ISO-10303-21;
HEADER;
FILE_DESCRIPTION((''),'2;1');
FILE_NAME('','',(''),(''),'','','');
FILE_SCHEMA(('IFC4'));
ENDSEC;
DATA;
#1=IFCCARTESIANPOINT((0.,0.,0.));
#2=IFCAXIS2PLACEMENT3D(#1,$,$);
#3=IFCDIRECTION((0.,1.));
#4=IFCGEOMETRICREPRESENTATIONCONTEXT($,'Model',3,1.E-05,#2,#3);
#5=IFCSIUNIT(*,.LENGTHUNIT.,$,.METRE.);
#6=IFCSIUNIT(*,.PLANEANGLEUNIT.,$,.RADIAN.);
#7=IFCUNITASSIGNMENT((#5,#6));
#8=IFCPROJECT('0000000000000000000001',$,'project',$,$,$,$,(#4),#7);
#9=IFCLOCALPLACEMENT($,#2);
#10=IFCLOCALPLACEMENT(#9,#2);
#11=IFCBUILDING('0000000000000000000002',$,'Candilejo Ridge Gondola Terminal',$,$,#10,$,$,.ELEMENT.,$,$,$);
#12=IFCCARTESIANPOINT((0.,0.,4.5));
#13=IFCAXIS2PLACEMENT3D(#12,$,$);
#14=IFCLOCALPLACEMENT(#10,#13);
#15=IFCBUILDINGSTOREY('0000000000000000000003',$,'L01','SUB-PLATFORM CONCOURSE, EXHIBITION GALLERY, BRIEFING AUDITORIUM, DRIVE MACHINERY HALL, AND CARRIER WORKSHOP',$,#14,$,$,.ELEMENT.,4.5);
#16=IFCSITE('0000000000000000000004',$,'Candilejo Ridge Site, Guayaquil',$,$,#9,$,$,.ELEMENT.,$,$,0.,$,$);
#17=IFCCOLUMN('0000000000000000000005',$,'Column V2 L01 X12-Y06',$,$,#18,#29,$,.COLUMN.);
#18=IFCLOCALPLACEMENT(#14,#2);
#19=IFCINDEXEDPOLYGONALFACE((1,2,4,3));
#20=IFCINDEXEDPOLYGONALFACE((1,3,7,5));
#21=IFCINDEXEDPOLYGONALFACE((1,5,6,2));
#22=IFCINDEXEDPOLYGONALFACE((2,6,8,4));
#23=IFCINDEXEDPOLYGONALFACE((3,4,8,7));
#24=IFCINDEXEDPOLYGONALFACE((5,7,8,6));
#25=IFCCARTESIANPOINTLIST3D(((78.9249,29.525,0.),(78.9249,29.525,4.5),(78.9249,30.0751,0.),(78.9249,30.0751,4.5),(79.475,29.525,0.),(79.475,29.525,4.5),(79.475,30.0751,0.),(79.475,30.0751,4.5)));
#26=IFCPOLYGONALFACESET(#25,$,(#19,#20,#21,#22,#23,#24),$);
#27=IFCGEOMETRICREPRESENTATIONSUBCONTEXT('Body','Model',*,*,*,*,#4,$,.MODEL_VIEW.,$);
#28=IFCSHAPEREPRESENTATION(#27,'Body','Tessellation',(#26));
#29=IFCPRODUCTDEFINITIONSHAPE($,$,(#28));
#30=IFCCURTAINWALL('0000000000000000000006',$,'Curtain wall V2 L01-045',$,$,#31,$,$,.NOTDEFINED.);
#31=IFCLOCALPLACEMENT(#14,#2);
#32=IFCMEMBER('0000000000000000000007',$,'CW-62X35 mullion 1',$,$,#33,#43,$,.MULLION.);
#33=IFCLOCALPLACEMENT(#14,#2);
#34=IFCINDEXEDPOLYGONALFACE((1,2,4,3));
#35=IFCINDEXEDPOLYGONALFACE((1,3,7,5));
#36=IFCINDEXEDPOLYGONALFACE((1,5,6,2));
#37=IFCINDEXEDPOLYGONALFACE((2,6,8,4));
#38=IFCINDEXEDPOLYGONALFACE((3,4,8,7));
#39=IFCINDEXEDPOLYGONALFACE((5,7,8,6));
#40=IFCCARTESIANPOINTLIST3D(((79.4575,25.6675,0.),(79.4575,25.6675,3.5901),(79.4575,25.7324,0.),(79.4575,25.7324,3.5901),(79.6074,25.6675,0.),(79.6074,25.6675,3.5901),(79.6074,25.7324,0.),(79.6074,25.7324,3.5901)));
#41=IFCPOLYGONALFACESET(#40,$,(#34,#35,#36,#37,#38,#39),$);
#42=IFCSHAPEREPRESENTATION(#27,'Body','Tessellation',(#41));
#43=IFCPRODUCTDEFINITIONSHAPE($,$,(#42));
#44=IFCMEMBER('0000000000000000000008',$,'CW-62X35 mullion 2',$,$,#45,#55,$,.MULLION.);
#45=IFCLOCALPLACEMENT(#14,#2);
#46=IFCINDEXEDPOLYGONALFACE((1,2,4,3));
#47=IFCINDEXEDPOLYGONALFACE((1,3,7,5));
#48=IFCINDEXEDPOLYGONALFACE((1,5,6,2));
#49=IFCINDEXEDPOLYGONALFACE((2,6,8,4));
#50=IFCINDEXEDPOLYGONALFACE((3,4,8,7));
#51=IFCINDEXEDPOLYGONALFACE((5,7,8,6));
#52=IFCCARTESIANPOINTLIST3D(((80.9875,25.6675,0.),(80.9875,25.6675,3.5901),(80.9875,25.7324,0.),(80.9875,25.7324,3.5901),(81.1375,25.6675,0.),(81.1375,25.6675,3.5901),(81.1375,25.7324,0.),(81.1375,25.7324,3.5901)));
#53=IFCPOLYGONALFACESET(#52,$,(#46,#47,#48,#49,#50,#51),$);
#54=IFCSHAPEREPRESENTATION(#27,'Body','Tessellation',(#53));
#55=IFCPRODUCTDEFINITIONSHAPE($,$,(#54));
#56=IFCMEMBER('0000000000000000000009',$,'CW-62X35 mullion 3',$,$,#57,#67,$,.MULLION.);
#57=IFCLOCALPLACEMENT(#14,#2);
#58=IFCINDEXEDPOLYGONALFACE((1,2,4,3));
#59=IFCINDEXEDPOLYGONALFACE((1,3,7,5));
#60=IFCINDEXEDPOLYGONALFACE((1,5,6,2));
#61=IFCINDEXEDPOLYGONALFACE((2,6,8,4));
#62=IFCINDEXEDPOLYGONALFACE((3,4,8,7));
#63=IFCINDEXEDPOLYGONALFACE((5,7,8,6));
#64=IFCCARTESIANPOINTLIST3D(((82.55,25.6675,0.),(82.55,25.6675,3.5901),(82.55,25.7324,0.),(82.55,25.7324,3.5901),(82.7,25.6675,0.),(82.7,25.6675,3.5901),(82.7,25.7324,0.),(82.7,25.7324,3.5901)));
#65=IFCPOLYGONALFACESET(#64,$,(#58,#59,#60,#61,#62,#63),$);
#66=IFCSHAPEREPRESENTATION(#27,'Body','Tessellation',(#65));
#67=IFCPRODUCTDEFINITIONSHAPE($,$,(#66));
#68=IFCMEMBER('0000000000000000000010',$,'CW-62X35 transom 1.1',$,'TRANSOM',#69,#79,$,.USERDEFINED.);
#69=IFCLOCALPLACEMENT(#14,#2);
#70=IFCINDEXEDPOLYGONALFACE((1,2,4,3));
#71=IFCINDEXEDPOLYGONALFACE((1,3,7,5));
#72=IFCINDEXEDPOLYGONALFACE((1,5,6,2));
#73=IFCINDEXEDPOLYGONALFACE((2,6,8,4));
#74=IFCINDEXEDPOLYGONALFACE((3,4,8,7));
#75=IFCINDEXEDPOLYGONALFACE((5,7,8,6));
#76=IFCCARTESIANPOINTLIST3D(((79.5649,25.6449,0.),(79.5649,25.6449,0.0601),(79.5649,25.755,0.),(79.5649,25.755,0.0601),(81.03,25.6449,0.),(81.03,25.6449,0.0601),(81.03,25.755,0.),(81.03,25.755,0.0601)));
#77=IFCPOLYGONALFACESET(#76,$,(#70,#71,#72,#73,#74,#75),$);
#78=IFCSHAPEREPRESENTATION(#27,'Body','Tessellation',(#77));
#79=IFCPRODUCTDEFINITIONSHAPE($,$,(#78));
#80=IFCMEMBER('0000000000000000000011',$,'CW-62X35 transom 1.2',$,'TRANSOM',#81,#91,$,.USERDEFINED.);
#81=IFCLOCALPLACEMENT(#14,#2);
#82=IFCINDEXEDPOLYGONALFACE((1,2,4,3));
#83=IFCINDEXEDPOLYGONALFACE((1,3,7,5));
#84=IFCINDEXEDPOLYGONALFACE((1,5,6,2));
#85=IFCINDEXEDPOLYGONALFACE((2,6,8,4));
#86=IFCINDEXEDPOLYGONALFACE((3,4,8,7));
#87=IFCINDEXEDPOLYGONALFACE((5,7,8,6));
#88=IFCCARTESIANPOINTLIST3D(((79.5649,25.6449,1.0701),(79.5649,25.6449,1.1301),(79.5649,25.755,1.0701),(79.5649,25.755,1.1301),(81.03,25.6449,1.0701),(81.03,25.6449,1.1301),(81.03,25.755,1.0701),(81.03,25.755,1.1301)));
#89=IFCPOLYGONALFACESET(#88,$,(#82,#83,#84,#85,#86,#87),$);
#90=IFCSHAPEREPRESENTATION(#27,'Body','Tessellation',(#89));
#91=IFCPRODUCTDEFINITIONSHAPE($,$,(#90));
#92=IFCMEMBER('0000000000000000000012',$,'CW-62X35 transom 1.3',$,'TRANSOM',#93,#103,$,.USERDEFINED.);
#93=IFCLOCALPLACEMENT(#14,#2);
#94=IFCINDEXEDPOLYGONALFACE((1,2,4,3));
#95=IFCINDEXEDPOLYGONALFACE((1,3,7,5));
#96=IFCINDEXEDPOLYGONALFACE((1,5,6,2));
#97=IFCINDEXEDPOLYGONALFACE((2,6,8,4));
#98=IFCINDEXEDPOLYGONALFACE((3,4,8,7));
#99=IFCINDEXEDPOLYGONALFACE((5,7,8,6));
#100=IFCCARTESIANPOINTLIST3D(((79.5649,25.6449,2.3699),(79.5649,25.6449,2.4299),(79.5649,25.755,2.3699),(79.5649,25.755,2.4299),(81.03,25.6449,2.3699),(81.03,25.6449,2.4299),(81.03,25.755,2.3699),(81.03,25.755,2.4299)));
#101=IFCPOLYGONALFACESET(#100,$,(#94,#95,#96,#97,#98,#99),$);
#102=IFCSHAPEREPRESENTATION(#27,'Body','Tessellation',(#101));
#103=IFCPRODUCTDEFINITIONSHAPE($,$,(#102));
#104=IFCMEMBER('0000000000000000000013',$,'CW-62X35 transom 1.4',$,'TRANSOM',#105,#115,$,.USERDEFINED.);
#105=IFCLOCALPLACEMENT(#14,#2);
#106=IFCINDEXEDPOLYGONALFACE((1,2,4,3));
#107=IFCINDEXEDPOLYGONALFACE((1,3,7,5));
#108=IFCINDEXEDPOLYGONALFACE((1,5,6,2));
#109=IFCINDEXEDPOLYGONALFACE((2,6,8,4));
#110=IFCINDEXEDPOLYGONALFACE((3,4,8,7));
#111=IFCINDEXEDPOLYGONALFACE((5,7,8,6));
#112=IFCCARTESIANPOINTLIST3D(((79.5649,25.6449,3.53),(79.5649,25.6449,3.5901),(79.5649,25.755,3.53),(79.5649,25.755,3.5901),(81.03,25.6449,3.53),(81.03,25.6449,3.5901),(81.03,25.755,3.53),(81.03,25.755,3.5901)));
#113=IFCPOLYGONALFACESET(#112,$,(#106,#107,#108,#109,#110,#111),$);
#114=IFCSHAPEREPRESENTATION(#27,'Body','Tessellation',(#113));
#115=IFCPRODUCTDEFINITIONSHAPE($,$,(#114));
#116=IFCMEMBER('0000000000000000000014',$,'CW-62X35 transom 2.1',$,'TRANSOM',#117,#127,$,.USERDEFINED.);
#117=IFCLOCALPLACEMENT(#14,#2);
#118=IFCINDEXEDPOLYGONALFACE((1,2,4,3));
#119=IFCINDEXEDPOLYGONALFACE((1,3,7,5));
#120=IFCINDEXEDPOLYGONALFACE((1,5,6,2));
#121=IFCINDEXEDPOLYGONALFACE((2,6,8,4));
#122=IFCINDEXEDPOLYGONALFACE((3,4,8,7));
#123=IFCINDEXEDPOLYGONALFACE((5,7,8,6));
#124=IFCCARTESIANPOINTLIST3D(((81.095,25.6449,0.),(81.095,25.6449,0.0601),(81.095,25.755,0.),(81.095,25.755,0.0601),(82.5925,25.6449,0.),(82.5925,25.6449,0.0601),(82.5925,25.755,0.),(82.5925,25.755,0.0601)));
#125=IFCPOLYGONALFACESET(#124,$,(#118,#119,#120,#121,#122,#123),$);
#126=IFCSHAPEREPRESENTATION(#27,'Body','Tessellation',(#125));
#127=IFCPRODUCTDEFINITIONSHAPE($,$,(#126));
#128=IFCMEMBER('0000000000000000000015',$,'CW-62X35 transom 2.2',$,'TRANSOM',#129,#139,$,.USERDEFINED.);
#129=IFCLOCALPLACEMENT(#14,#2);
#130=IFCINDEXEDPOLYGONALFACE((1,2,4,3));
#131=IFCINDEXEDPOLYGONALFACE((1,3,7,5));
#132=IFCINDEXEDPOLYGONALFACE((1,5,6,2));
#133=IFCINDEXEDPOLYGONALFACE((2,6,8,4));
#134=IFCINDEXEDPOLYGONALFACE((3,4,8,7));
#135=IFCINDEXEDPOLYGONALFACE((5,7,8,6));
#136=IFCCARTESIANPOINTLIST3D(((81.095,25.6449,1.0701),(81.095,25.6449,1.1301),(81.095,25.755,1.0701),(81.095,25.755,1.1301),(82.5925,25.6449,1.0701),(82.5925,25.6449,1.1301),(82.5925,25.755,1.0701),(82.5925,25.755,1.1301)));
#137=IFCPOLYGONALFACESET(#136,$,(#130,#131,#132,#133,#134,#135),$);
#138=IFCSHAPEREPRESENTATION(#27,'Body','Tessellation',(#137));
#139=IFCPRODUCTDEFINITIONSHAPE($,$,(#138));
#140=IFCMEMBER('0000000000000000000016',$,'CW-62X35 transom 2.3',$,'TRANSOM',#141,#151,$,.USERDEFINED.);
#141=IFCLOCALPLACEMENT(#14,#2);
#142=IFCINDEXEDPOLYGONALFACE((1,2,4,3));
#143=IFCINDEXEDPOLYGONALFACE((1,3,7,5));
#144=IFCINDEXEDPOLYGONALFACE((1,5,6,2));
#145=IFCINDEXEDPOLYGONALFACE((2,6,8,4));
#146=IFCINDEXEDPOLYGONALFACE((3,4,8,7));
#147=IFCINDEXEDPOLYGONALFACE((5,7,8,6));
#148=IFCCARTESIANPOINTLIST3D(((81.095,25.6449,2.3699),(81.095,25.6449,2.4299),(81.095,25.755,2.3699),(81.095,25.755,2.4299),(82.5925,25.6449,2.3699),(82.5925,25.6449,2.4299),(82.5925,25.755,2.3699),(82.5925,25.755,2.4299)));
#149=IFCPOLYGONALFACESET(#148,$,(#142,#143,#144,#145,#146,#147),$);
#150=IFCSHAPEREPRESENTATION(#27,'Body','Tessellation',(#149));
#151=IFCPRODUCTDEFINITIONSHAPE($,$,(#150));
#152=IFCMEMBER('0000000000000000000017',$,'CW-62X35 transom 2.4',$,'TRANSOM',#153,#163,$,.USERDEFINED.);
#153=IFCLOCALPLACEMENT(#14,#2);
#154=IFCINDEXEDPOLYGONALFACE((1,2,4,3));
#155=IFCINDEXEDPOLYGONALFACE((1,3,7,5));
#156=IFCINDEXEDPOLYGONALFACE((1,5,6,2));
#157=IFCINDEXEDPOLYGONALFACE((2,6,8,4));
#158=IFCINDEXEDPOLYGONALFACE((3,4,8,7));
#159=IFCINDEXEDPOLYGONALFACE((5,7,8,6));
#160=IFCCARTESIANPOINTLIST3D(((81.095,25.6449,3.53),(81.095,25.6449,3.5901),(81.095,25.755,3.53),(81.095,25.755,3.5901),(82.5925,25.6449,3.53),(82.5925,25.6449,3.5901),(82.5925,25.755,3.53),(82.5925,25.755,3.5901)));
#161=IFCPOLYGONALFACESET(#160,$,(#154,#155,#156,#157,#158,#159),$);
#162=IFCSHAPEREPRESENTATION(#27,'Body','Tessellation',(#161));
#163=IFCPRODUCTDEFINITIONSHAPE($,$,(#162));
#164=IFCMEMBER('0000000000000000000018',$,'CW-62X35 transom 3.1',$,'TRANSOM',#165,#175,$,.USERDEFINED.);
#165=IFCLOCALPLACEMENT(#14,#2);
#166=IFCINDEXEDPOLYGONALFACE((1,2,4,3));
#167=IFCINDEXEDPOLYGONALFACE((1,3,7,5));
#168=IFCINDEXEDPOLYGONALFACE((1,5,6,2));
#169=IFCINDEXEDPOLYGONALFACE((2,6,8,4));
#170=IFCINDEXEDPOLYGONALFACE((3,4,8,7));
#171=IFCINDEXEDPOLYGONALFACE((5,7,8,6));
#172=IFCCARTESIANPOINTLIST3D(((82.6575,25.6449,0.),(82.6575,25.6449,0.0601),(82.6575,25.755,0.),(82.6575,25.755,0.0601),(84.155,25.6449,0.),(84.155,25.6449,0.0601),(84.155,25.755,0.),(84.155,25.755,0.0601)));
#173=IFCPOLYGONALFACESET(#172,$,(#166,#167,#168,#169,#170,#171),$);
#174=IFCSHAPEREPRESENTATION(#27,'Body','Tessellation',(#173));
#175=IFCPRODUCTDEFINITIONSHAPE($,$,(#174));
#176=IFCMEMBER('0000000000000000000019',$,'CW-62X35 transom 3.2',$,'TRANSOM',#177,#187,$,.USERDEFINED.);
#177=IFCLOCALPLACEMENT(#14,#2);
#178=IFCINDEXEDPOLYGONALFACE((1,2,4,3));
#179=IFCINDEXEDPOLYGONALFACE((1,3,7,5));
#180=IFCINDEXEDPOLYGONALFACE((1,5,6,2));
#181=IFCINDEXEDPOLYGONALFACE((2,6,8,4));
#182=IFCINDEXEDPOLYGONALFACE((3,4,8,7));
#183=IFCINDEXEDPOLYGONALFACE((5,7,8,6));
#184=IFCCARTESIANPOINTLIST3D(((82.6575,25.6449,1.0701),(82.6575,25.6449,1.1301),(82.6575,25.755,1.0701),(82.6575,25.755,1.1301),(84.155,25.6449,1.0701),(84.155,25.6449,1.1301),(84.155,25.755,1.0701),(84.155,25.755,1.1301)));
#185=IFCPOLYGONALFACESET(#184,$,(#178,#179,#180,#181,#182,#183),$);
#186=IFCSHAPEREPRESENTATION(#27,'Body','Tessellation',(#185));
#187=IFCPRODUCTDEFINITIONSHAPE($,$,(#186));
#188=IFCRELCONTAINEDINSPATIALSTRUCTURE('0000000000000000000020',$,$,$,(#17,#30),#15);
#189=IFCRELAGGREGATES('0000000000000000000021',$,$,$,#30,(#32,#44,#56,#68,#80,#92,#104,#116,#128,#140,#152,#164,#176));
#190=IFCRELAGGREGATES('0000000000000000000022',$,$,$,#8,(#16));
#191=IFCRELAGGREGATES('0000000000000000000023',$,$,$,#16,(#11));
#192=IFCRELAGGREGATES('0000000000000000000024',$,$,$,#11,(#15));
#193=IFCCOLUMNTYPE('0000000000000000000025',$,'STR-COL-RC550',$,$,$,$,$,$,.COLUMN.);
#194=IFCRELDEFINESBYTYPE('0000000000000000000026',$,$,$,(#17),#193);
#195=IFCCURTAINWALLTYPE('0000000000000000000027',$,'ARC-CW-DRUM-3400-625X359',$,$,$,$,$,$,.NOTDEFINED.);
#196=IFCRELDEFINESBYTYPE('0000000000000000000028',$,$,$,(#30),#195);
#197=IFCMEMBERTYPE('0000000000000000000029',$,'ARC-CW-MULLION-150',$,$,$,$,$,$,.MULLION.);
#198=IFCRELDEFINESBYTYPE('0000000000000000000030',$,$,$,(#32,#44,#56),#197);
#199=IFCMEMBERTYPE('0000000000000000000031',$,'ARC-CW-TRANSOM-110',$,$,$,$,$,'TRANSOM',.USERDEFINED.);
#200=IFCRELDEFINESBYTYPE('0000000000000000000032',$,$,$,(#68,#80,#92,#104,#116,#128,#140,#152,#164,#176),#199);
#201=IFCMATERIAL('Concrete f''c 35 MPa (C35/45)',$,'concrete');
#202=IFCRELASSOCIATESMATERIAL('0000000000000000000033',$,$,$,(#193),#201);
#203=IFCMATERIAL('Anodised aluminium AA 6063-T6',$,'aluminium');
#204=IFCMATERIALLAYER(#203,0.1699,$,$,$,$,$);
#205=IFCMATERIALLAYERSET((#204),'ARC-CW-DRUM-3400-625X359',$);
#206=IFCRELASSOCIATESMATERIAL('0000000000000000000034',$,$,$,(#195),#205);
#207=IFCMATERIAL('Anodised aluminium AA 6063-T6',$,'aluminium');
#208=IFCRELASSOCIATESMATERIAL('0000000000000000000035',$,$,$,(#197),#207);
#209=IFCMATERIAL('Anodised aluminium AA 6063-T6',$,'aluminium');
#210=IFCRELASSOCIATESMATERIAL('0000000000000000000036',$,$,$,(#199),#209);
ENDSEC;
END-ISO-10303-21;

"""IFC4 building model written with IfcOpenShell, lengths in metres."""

from ifc_helpers import new_model, si_unit, direction, frame, origin, origin_2d, place, context, subcontext, project, spatial, rectangle, extrude, material, layer, layer_set, material_profile, profile_set, type_object, element, aggregate, save


model = new_model("IFC4")

# Units and contexts
model_context = context("Model", 3, precision=1e-05, world=origin(), true_north=direction((0.0, 1.0)))
body_context = subcontext(model_context, "Body", "Model", "MODEL_VIEW")
ifc_project = project(units=[si_unit("LENGTHUNIT", "METRE"), si_unit("PLANEANGLEUNIT", "RADIAN")], contexts=[model_context])

# Site, building, storey
site_placement = place(None, origin())
site = spatial("IfcSite", under=ifc_project, at=site_placement, Name="Candilejo Ridge Site, Guayaquil", CompositionType="ELEMENT", RefElevation=0.0)
building_placement = place(site_placement, origin())
building = spatial("IfcBuilding", under=site, at=building_placement, Name="Candilejo Ridge Gondola Terminal", CompositionType="ELEMENT")
storey_placement = place(building_placement, frame((0.0, 0.0, 4.5)))
storey = spatial("IfcBuildingStorey", under=building, at=storey_placement, Name="L01", Description="SUB-PLATFORM CONCOURSE, EXHIBITION GALLERY, BRIEFING AUDITORIUM, DRIVE MACHINERY HALL, AND CARRIER WORKSHOP", CompositionType="ELEMENT", Elevation=4.5)

# Column
ifc_material_1 = material(Name="Concrete f'c 35 MPa (C35/45)", Category="concrete")
ifc_material_profile_1 = material_profile(ifc_material_1, rectangle(XDim=0.55, YDim=0.55, at=origin_2d()))
ifc_profile_set_1 = profile_set([ifc_material_profile_1], Name="Concrete f'c 35 MPa (C35/45)")
column_type = type_object("IfcColumnType", Name="STR-COL-RC550", PredefinedType="COLUMN", material=ifc_profile_set_1)
column_placement = place(storey_placement, frame((79.2, 29.8, 0.0), z_axis=(0.0, 0.0, 1.0), x_axis=(1.0, 0.0, 0.0)))
element("IfcColumn", 1, at=column_placement, inside=storey, type_object=column_type, Name="Column V2 L01 X12-Y06", PredefinedType="COLUMN", context=body_context, shape_type="SweptSolid", body=[
    extrude(rectangle(XDim=0.55, YDim=0.55, at=origin_2d()), origin(), (0.0, 0.0, 1.0), 4.5),
])

# Curtain wall, members
ifc_material_2 = material(Name="Anodised aluminium AA 6063-T6", Category="aluminium")
ifc_layer_1 = layer(ifc_material_2, 0.1699)
ifc_layer_set_1 = layer_set([ifc_layer_1], Name="ARC-CW-DRUM-3400-625X359")
curtain_wall_type = type_object("IfcCurtainWallType", Name="ARC-CW-DRUM-3400-625X359", PredefinedType="NOTDEFINED", material=ifc_layer_set_1)
curtain_wall_placement = place(storey_placement, origin())
curtain_wall = element("IfcCurtainWall", 2, at=curtain_wall_placement, inside=storey, type_object=curtain_wall_type, Name="Curtain wall V2 L01-045", PredefinedType="NOTDEFINED")
ifc_material_3 = material(Name="Anodised aluminium AA 6063-T6", Category="aluminium")
ifc_material_profile_2 = material_profile(ifc_material_3, rectangle(XDim=0.0649, YDim=0.1499, at=origin_2d()))
ifc_profile_set_2 = profile_set([ifc_material_profile_2], Name="Anodised aluminium AA 6063-T6")
member_type_1 = type_object("IfcMemberType", Name="ARC-CW-MULLION-150", PredefinedType="MULLION", material=ifc_profile_set_2)
member_1_placement = place(storey_placement, frame((79.5325, 25.7, 0.0), z_axis=(0.0, 0.0, 1.0), x_axis=(0.0, 1.0, 0.0)))
member_1 = element("IfcMember", 3, at=member_1_placement, type_object=member_type_1, Name="CW-62X35 mullion 1", PredefinedType="MULLION", context=body_context, shape_type="SweptSolid", body=[
    extrude(rectangle(XDim=0.0649, YDim=0.1499, at=origin_2d()), origin(), (0.0, 0.0, 1.0), 3.5901),
])
member_2_placement = place(storey_placement, frame((81.0625, 25.7, 0.0), z_axis=(0.0, 0.0, 1.0), x_axis=(0.0, 1.0, 0.0)))
member_2 = element("IfcMember", 4, at=member_2_placement, type_object=member_type_1, Name="CW-62X35 mullion 2", PredefinedType="MULLION", context=body_context, shape_type="SweptSolid", body=[
    extrude(rectangle(XDim=0.0649, YDim=0.1499, at=origin_2d()), origin(), (0.0, 0.0, 1.0), 3.5901),
])
member_3_placement = place(storey_placement, frame((82.625, 25.7, 0.0), z_axis=(0.0, 0.0, 1.0), x_axis=(0.0, 1.0, 0.0)))
member_3 = element("IfcMember", 5, at=member_3_placement, type_object=member_type_1, Name="CW-62X35 mullion 3", PredefinedType="MULLION", context=body_context, shape_type="SweptSolid", body=[
    extrude(rectangle(XDim=0.0649, YDim=0.1499, at=origin_2d()), origin(), (0.0, 0.0, 1.0), 3.5901),
])
ifc_material_4 = material(Name="Anodised aluminium AA 6063-T6", Category="aluminium")
ifc_material_profile_3 = material_profile(ifc_material_4, rectangle(XDim=0.1101, YDim=0.0601, at=origin_2d()))
ifc_profile_set_3 = profile_set([ifc_material_profile_3], Name="Anodised aluminium AA 6063-T6")
member_type_2 = type_object("IfcMemberType", Name="ARC-CW-TRANSOM-110", ElementType="TRANSOM", PredefinedType="USERDEFINED", material=ifc_profile_set_3)
member_4_placement = place(storey_placement, frame((79.5649, 25.7, 0.03), z_axis=(1.0, 0.0, 0.0), x_axis=(0.0, 1.0, 0.0)))
member_4 = element("IfcMember", 6, at=member_4_placement, type_object=member_type_2, Name="CW-62X35 transom 1.1", ObjectType="TRANSOM", PredefinedType="USERDEFINED", context=body_context, shape_type="SweptSolid", body=[
    extrude(rectangle(XDim=0.1101, YDim=0.0601, at=origin_2d()), origin(), (0.0, 0.0, 1.0), 1.4651),
])
member_5_placement = place(storey_placement, frame((79.5649, 25.7, 1.1001), z_axis=(1.0, 0.0, 0.0), x_axis=(0.0, 1.0, 0.0)))
member_5 = element("IfcMember", 7, at=member_5_placement, type_object=member_type_2, Name="CW-62X35 transom 1.2", ObjectType="TRANSOM", PredefinedType="USERDEFINED", context=body_context, shape_type="SweptSolid", body=[
    extrude(rectangle(XDim=0.1101, YDim=0.0601, at=origin_2d()), origin(), (0.0, 0.0, 1.0), 1.4651),
])
member_6_placement = place(storey_placement, frame((79.5649, 25.7, 2.3999), z_axis=(1.0, 0.0, 0.0), x_axis=(0.0, 1.0, 0.0)))
member_6 = element("IfcMember", 8, at=member_6_placement, type_object=member_type_2, Name="CW-62X35 transom 1.3", ObjectType="TRANSOM", PredefinedType="USERDEFINED", context=body_context, shape_type="SweptSolid", body=[
    extrude(rectangle(XDim=0.1101, YDim=0.0601, at=origin_2d()), origin(), (0.0, 0.0, 1.0), 1.4651),
])
member_7_placement = place(storey_placement, frame((79.5649, 25.7, 3.5601), z_axis=(1.0, 0.0, 0.0), x_axis=(0.0, 1.0, 0.0)))
member_7 = element("IfcMember", 9, at=member_7_placement, type_object=member_type_2, Name="CW-62X35 transom 1.4", ObjectType="TRANSOM", PredefinedType="USERDEFINED", context=body_context, shape_type="SweptSolid", body=[
    extrude(rectangle(XDim=0.1101, YDim=0.0601, at=origin_2d()), origin(), (0.0, 0.0, 1.0), 1.4651),
])
member_8_placement = place(storey_placement, frame((81.095, 25.7, 0.03), z_axis=(1.0, 0.0, 0.0), x_axis=(0.0, 1.0, 0.0)))
member_8 = element("IfcMember", 10, at=member_8_placement, type_object=member_type_2, Name="CW-62X35 transom 2.1", ObjectType="TRANSOM", PredefinedType="USERDEFINED", context=body_context, shape_type="SweptSolid", body=[
    extrude(rectangle(XDim=0.1101, YDim=0.0601, at=origin_2d()), origin(), (0.0, 0.0, 1.0), 1.4976),
])
member_9_placement = place(storey_placement, frame((81.095, 25.7, 1.1001), z_axis=(1.0, 0.0, 0.0), x_axis=(0.0, 1.0, 0.0)))
member_9 = element("IfcMember", 11, at=member_9_placement, type_object=member_type_2, Name="CW-62X35 transom 2.2", ObjectType="TRANSOM", PredefinedType="USERDEFINED", context=body_context, shape_type="SweptSolid", body=[
    extrude(rectangle(XDim=0.1101, YDim=0.0601, at=origin_2d()), origin(), (0.0, 0.0, 1.0), 1.4976),
])
member_10_placement = place(storey_placement, frame((81.095, 25.7, 2.3999), z_axis=(1.0, 0.0, 0.0), x_axis=(0.0, 1.0, 0.0)))
member_10 = element("IfcMember", 12, at=member_10_placement, type_object=member_type_2, Name="CW-62X35 transom 2.3", ObjectType="TRANSOM", PredefinedType="USERDEFINED", context=body_context, shape_type="SweptSolid", body=[
    extrude(rectangle(XDim=0.1101, YDim=0.0601, at=origin_2d()), origin(), (0.0, 0.0, 1.0), 1.4976),
])
member_11_placement = place(storey_placement, frame((81.095, 25.7, 3.5601), z_axis=(1.0, 0.0, 0.0), x_axis=(0.0, 1.0, 0.0)))
member_11 = element("IfcMember", 13, at=member_11_placement, type_object=member_type_2, Name="CW-62X35 transom 2.4", ObjectType="TRANSOM", PredefinedType="USERDEFINED", context=body_context, shape_type="SweptSolid", body=[
    extrude(rectangle(XDim=0.1101, YDim=0.0601, at=origin_2d()), origin(), (0.0, 0.0, 1.0), 1.4976),
])
member_12_placement = place(storey_placement, frame((82.6575, 25.7, 0.03), z_axis=(1.0, 0.0, 0.0), x_axis=(0.0, 1.0, 0.0)))
member_12 = element("IfcMember", 14, at=member_12_placement, type_object=member_type_2, Name="CW-62X35 transom 3.1", ObjectType="TRANSOM", PredefinedType="USERDEFINED", context=body_context, shape_type="SweptSolid", body=[
    extrude(rectangle(XDim=0.1101, YDim=0.0601, at=origin_2d()), origin(), (0.0, 0.0, 1.0), 1.4976),
])
member_13_placement = place(storey_placement, frame((82.6575, 25.7, 1.1001), z_axis=(1.0, 0.0, 0.0), x_axis=(0.0, 1.0, 0.0)))
member_13 = element("IfcMember", 15, at=member_13_placement, type_object=member_type_2, Name="CW-62X35 transom 3.2", ObjectType="TRANSOM", PredefinedType="USERDEFINED", context=body_context, shape_type="SweptSolid", body=[
    extrude(rectangle(XDim=0.1101, YDim=0.0601, at=origin_2d()), origin(), (0.0, 0.0, 1.0), 1.4976),
])

aggregate(curtain_wall, [member_1, member_2, member_3, member_4, member_5, member_6, member_7, member_8, member_9, member_10, member_11, member_12, member_13])

save(model, "model.ifc")
